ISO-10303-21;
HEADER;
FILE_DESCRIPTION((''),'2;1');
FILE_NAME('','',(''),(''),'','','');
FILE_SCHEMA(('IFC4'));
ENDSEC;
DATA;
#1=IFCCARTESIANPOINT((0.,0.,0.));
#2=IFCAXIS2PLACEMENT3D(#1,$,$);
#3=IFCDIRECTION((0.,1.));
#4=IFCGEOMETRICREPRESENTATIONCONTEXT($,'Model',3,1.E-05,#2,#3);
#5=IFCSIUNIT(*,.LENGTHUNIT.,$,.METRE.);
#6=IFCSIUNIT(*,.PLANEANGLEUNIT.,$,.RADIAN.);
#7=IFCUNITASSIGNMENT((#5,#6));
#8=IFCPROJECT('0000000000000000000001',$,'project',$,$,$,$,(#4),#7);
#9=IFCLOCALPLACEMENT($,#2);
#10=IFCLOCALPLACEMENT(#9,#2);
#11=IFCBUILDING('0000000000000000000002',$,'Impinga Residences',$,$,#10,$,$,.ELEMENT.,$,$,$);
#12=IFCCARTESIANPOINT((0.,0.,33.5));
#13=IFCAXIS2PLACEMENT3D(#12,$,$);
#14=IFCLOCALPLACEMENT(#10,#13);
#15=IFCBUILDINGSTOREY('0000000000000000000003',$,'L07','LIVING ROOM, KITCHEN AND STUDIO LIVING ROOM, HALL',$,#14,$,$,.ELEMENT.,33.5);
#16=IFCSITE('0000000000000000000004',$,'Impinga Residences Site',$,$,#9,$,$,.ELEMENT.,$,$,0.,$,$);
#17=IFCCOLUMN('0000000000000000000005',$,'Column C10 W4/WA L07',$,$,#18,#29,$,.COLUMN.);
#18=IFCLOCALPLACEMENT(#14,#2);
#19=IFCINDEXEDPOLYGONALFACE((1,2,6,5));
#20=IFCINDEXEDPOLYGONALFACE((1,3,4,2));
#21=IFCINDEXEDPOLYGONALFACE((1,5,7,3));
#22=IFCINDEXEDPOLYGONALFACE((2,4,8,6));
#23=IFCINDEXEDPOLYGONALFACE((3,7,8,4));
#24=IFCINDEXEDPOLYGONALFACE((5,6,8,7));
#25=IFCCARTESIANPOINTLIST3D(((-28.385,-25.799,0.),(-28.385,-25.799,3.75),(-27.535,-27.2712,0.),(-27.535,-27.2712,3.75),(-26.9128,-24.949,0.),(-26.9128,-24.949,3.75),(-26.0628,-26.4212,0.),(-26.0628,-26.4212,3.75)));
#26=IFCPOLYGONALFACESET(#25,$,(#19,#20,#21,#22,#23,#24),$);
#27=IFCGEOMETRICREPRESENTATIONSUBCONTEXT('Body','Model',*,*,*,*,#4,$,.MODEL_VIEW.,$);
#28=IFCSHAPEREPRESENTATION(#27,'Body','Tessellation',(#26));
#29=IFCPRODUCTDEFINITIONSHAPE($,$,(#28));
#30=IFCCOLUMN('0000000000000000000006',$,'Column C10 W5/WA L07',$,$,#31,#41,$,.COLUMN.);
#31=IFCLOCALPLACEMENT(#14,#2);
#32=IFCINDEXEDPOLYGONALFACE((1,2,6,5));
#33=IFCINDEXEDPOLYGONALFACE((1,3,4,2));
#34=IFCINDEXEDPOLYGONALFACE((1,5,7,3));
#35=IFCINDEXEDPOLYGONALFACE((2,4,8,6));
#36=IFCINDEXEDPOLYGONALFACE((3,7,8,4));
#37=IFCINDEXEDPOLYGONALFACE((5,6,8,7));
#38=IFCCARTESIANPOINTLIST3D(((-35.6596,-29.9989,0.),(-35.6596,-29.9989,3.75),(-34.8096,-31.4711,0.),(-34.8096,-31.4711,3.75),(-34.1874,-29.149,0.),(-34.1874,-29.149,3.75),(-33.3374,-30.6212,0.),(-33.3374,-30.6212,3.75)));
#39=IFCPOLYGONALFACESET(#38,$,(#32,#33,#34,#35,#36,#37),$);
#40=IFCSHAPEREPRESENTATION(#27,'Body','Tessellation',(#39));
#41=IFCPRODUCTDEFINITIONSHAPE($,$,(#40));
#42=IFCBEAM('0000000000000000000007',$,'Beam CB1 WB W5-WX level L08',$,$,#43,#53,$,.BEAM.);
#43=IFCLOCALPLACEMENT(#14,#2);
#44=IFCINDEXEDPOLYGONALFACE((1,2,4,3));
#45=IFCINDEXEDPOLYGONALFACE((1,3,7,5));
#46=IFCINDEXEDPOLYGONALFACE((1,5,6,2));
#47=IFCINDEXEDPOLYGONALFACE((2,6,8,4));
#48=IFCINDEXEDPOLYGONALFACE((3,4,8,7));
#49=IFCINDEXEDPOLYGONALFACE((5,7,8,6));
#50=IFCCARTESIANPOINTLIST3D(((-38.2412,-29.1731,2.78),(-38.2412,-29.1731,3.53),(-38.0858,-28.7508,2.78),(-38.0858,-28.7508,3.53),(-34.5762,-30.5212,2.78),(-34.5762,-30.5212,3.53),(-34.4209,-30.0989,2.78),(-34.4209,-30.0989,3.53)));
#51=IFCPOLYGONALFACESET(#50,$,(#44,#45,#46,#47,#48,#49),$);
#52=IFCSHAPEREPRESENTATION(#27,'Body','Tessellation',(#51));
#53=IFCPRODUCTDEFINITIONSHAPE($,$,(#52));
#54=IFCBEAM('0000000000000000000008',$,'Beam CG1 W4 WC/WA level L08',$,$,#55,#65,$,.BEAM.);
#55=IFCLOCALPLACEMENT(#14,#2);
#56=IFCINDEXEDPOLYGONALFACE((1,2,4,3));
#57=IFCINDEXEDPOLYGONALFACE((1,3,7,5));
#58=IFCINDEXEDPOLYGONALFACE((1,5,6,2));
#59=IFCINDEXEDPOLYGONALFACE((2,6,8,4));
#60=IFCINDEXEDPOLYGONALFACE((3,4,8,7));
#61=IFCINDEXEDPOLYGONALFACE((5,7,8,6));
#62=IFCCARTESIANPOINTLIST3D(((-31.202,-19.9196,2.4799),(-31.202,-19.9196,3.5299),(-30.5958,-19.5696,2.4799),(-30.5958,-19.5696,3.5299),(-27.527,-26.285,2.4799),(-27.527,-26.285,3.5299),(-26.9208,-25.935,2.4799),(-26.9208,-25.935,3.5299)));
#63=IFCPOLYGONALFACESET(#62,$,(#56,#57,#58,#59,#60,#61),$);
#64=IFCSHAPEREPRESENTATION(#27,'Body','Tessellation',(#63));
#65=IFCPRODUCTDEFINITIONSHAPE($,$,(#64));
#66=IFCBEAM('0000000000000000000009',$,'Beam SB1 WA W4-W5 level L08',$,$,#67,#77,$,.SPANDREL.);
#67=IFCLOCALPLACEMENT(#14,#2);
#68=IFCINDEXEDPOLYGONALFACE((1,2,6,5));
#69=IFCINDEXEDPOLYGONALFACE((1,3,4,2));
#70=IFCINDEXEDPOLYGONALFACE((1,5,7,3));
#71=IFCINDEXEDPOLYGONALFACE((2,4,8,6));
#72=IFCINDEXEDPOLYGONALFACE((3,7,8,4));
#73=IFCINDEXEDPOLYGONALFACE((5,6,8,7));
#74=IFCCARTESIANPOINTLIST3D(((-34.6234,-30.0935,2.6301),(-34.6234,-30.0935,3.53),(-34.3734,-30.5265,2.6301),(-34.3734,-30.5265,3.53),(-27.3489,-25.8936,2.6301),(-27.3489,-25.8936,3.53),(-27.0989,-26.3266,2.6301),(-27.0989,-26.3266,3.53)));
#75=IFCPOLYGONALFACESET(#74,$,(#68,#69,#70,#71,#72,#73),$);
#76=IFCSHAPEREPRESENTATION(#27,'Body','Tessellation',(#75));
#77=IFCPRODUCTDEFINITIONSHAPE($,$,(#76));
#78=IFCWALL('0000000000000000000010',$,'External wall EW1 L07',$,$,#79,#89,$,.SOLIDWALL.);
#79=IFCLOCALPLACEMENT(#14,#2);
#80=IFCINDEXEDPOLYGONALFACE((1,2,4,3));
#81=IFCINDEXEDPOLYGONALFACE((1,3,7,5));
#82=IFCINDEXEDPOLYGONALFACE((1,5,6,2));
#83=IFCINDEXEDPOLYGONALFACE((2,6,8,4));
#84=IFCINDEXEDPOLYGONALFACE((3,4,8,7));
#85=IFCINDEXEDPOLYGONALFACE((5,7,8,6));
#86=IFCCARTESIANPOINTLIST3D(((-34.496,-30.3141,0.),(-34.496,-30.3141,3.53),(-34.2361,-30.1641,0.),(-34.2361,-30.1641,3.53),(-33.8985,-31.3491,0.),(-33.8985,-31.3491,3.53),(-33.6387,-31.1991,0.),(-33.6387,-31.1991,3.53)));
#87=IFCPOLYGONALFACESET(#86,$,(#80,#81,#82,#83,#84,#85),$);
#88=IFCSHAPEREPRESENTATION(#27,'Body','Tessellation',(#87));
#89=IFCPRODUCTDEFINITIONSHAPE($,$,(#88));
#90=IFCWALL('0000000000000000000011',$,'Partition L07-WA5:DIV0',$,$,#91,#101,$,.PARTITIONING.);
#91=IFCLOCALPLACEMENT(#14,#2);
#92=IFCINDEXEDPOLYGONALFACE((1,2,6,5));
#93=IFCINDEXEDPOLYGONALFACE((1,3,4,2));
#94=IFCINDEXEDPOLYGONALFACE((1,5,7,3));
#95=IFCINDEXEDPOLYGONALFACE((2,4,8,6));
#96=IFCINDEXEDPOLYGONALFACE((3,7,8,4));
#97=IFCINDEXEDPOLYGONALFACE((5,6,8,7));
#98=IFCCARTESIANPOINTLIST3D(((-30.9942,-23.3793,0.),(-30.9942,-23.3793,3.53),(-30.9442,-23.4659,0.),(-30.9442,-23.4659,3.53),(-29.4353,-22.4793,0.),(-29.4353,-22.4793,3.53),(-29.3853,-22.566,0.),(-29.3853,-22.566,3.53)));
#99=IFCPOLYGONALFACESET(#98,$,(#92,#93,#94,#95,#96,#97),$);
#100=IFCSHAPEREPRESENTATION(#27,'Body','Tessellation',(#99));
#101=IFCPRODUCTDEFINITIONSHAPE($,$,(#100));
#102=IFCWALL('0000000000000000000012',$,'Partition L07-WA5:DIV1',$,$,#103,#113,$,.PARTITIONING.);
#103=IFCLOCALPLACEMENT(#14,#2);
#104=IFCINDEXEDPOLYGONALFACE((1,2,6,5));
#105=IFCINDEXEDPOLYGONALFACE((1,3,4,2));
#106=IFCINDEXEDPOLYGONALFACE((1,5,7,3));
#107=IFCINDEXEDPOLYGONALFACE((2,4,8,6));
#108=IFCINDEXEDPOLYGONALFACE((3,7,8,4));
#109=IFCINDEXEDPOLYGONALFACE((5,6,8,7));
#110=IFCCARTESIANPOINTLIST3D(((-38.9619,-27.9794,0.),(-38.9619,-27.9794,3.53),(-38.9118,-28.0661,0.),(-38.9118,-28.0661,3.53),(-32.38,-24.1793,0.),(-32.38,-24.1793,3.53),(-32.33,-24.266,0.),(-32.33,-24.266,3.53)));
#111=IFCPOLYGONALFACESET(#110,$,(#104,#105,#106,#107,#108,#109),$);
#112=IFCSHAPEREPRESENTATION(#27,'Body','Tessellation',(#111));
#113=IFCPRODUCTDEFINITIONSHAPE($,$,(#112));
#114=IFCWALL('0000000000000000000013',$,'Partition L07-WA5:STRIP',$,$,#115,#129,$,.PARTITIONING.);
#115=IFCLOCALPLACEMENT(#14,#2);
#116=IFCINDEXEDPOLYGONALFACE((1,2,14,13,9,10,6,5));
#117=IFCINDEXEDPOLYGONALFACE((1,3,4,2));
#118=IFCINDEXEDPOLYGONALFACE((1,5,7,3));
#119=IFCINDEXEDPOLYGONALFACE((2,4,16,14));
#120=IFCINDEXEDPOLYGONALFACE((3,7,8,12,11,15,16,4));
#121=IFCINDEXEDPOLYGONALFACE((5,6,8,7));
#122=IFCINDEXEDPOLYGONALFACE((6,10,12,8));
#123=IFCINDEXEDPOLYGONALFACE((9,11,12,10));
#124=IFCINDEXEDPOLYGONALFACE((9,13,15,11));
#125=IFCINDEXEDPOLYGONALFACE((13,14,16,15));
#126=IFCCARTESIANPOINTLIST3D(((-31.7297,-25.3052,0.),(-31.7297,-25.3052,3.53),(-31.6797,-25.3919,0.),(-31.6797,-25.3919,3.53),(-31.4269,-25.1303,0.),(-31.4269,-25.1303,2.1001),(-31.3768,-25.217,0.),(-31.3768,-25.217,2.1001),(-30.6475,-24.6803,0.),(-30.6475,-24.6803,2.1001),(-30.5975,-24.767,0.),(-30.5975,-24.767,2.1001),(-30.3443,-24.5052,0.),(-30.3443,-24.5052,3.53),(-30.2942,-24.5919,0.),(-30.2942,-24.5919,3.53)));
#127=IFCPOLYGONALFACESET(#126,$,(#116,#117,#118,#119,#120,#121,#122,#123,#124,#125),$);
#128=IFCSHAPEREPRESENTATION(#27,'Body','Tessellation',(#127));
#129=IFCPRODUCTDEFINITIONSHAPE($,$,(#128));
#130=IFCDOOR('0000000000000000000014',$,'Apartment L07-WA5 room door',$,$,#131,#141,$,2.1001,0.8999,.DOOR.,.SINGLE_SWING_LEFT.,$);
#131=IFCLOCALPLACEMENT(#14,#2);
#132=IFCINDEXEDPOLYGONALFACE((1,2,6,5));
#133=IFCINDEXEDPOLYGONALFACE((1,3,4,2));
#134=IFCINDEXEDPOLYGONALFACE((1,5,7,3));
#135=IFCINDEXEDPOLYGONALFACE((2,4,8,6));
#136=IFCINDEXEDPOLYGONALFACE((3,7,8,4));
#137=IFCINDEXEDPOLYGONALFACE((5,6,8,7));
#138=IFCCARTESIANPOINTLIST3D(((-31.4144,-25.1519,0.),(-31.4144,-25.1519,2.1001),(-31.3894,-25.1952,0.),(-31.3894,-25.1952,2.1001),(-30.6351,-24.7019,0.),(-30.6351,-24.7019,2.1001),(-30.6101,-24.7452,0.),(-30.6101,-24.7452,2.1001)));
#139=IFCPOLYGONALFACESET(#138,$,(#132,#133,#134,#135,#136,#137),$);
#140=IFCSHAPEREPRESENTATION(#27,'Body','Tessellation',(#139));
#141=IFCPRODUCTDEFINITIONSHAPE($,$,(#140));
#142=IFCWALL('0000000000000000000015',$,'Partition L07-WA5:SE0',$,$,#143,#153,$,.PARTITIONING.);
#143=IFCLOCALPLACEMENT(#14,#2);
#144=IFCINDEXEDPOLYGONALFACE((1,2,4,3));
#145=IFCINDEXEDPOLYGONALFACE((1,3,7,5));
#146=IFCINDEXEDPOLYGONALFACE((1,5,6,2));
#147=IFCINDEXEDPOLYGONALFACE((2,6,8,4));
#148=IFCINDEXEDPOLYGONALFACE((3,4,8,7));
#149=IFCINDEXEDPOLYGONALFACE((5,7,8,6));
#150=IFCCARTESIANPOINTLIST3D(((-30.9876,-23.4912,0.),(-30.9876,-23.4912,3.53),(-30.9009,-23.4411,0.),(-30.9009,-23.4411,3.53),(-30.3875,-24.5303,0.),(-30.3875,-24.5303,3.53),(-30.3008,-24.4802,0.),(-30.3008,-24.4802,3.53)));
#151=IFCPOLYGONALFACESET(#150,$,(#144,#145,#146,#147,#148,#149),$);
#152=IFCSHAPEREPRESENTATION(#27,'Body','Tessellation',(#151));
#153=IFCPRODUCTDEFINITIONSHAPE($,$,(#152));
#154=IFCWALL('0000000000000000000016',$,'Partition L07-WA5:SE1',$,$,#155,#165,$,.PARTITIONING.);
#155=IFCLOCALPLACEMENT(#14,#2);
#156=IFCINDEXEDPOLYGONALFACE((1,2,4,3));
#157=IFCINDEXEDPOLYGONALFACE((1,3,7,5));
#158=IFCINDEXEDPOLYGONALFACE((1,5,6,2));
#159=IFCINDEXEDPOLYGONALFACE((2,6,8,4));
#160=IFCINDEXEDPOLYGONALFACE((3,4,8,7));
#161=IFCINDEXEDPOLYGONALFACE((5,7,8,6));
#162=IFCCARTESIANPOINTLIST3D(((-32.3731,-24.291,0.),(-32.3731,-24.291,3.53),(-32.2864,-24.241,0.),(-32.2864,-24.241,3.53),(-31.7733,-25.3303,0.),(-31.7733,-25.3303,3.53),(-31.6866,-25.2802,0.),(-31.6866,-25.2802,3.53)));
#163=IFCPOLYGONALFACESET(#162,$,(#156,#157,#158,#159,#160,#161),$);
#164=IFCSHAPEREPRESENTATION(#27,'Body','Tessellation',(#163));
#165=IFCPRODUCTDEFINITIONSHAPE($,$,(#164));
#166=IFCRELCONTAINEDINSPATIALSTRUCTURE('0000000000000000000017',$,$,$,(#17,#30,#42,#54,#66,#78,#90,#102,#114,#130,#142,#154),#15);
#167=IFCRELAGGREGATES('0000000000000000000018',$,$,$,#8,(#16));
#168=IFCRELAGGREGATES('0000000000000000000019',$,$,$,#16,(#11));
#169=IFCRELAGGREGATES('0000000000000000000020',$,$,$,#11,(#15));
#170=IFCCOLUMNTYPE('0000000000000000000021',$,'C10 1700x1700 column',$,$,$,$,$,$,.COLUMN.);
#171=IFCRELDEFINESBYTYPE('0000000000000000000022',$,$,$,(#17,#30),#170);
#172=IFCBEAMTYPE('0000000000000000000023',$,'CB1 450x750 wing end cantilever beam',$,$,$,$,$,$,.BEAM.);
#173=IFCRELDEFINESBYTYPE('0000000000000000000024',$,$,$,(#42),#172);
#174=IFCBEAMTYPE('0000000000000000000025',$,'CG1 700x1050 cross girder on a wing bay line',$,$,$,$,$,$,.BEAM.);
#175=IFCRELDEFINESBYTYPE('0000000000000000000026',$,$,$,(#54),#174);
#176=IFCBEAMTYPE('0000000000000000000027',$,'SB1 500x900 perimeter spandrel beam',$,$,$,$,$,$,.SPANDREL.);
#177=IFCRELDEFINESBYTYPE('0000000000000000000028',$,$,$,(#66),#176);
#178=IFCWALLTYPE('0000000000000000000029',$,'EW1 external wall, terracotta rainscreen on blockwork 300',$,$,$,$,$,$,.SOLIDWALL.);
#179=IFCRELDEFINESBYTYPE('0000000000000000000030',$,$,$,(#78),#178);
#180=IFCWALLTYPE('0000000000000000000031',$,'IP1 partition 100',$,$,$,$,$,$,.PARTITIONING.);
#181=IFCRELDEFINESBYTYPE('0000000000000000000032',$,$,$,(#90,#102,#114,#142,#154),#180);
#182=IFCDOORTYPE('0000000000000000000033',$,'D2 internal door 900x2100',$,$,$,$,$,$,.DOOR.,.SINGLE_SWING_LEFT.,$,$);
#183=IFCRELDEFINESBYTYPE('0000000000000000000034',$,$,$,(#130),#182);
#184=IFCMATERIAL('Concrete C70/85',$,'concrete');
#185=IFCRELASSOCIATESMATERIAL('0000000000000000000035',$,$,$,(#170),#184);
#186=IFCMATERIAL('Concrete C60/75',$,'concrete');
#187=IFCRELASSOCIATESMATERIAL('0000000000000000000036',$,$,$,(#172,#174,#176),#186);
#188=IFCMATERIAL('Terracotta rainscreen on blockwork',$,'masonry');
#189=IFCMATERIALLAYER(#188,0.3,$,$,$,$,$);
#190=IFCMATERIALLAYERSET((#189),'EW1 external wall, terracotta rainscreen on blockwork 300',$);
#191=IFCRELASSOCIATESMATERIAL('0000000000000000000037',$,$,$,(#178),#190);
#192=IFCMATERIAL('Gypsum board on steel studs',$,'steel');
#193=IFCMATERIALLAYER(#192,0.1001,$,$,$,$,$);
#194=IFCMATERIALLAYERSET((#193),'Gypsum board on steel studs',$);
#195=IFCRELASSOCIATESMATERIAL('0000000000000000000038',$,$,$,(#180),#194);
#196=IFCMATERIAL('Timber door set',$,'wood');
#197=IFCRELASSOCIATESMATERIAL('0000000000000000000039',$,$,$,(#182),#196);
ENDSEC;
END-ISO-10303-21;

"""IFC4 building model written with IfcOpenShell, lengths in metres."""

from ifc_helpers import new_model, si_unit, direction, frame, frame_2d, origin, origin_2d, place, context, subcontext, project, spatial, rectangle, extrude, material, layer, layer_set, material_profile, profile_set, type_object, element, fill, save


model = new_model("IFC4")

# Units and contexts
model_context = context("Model", 3, precision=1e-05, world=origin(), true_north=direction((0.0, 1.0)))
body_context = subcontext(model_context, "Body", "Model", "MODEL_VIEW")
ifc_project = project(units=[si_unit("LENGTHUNIT", "METRE"), si_unit("PLANEANGLEUNIT", "RADIAN")], contexts=[model_context])

# Site, building, storey
site_placement = place(None, origin())
site = spatial("IfcSite", under=ifc_project, at=site_placement, Name="Impinga Residences Site", CompositionType="ELEMENT", RefElevation=0.0)
building_placement = place(site_placement, origin())
building = spatial("IfcBuilding", under=site, at=building_placement, Name="Impinga Residences", CompositionType="ELEMENT")
storey_placement = place(building_placement, frame((0.0, 0.0, 33.5)))
storey = spatial("IfcBuildingStorey", under=building, at=storey_placement, Name="L07", Description="LIVING ROOM, KITCHEN AND STUDIO LIVING ROOM, HALL", CompositionType="ELEMENT", Elevation=33.5)

# Columns
ifc_material_1 = material(Name="Concrete C70/85", Category="concrete")
ifc_material_profile_1 = material_profile(ifc_material_1, rectangle(XDim=1.7, YDim=1.7, at=origin_2d()), Name="RC 1700x1700")
ifc_profile_set_1 = profile_set([ifc_material_profile_1], Name="Concrete C70/85")
column_type = type_object("IfcColumnType", Name="C10 1700x1700 column", PredefinedType="COLUMN", material=ifc_profile_set_1)
for number, where, z_axis, x_axis, name in (
    (1, (-27.2239, -26.1101, 0.0), (0.0, 0.0, 1.0), (-0.5, 0.866025, 0.0), "Column C10 W4/WA L07"),
    (2, (-34.4985, -30.3101, 0.0), (0.0, 0.0, 1.0), (-0.5, 0.866025, 0.0), "Column C10 W5/WA L07"),
):
    element("IfcColumn", number, at=place(storey_placement, frame(where, z_axis=z_axis, x_axis=x_axis)), inside=storey, type_object=column_type, Name=name, PredefinedType="COLUMN", context=body_context, shape_type="SweptSolid", body=[
        extrude(rectangle(XDim=1.7, YDim=1.7, at=origin_2d()), origin(), (0.0, 0.0, 1.0), 3.75),
    ])

# Beams
ifc_material_2 = material(Name="Concrete C60/75", Category="concrete")
ifc_material_profile_2 = material_profile(ifc_material_2, rectangle(XDim=0.45, YDim=0.75, at=origin_2d()), Name="RC 450x750")
ifc_profile_set_2 = profile_set([ifc_material_profile_2], Name="Concrete C60/75")
beam_type_1 = type_object("IfcBeamType", Name="CB1 450x750 wing end cantilever beam", PredefinedType="BEAM", material=ifc_profile_set_2)
beam_1_placement = place(storey_placement, frame((-34.4985, -30.3101, 3.155), z_axis=(-0.93852, 0.345224, 0.0), x_axis=(-0.345224, -0.93852, 0.0)))
element("IfcBeam", 3, at=beam_1_placement, inside=storey, type_object=beam_type_1, Name="Beam CB1 WB W5-WX level L08", PredefinedType="BEAM", context=body_context, shape_type="SweptSolid", body=[
    extrude(rectangle(XDim=0.45, YDim=0.75, at=origin_2d()), origin(), (0.0, 0.0, 1.0), 3.905),
])
ifc_material_profile_3 = material_profile(ifc_material_2, rectangle(XDim=0.7, YDim=1.05, at=origin_2d()), Name="RC 700x1050")
ifc_profile_set_3 = profile_set([ifc_material_profile_3], Name="Concrete C60/75")
beam_type_2 = type_object("IfcBeamType", Name="CG1 700x1050 cross girder on a wing bay line", PredefinedType="BEAM", material=ifc_profile_set_3)
beam_2_placement = place(storey_placement, frame((-30.8989, -19.7446, 3.0049), z_axis=(0.499994, -0.866029, 0.0), x_axis=(0.866029, 0.499994, 0.0)))
element("IfcBeam", 4, at=beam_2_placement, inside=storey, type_object=beam_type_2, Name="Beam CG1 W4 WC/WA level L08", PredefinedType="BEAM", context=body_context, shape_type="SweptSolid", body=[
    extrude(rectangle(XDim=0.7, YDim=1.05, at=origin_2d()), origin(), (0.0, 0.0, 1.0), 7.3501),
])
ifc_material_profile_4 = material_profile(ifc_material_2, rectangle(XDim=0.5, YDim=0.8999, at=origin_2d()), Name="RC 500x900")
ifc_profile_set_4 = profile_set([ifc_material_profile_4], Name="Concrete C60/75")
beam_type_3 = type_object("IfcBeamType", Name="SB1 500x900 perimeter spandrel beam", PredefinedType="SPANDREL", material=ifc_profile_set_4)
beam_3_placement = place(storey_placement, frame((-27.2239, -26.1101, 3.0801), z_axis=(-0.866029, -0.499993, 0.0), x_axis=(0.499993, -0.866029, 0.0)))
element("IfcBeam", 5, at=beam_3_placement, inside=storey, type_object=beam_type_3, Name="Beam SB1 WA W4-W5 level L08", PredefinedType="SPANDREL", context=body_context, shape_type="SweptSolid", body=[
    extrude(rectangle(XDim=0.5, YDim=0.8999, at=origin_2d()), origin(), (0.0, 0.0, 1.0), 8.3999),
])

# Walls
ifc_material_3 = material(Name="Terracotta rainscreen on blockwork", Category="masonry")
ifc_layer_1 = layer(ifc_material_3, 0.3)
ifc_layer_set_1 = layer_set([ifc_layer_1], Name="EW1 external wall, terracotta rainscreen on blockwork 300")
wall_type_1 = type_object("IfcWallType", Name="EW1 external wall, terracotta rainscreen on blockwork 300", PredefinedType="SOLIDWALL", material=ifc_layer_set_1)
wall_1_placement = place(storey_placement, frame((-33.7686, -31.2742, 0.0), z_axis=(0.0, 0.0, 1.0), x_axis=(-0.499941, 0.86606, 0.0)))
element("IfcWall", 6, at=wall_1_placement, inside=storey, type_object=wall_type_1, Name="External wall EW1 L07", PredefinedType="SOLIDWALL", context=body_context, shape_type="SweptSolid", body=[
    extrude(rectangle(XDim=1.1951, YDim=0.3, at=frame_2d((0.5977, 0.0))), origin(), (0.0, 0.0, 1.0), 3.53),
])
ifc_material_4 = material(Name="Gypsum board on steel studs", Category="steel")
ifc_layer_2 = layer(ifc_material_4, 0.1001)
ifc_layer_set_2 = layer_set([ifc_layer_2], Name="Gypsum board on steel studs")
wall_type_2 = type_object("IfcWallType", Name="IP1 partition 100", PredefinedType="PARTITIONING", material=ifc_layer_set_2)
wall_2_placement = place(storey_placement, frame((-29.4104, -22.5227, 0.0), z_axis=(0.0, 0.0, 1.0), x_axis=(-0.866048, -0.499961, 0.0)))
element("IfcWall", 7, at=wall_2_placement, inside=storey, type_object=wall_type_2, Name="Partition L07-WA5:DIV0", PredefinedType="PARTITIONING", context=body_context, shape_type="SweptSolid", body=[
    extrude(rectangle(XDim=1.8, YDim=0.1001, at=frame_2d((0.8999, 0.0))), origin(), (0.0, 0.0, 1.0), 3.53),
])
wall_3_placement = place(storey_placement, frame((-32.355, -24.2227, 0.0), z_axis=(0.0, 0.0, 1.0), x_axis=(-0.866022, -0.500005, 0.0)))
element("IfcWall", 8, at=wall_3_placement, inside=storey, type_object=wall_type_2, Name="Partition L07-WA5:DIV1", PredefinedType="PARTITIONING", context=body_context, shape_type="SweptSolid", body=[
    extrude(rectangle(XDim=7.6001, YDim=0.1001, at=frame_2d((3.8, 0.0))), origin(), (0.0, 0.0, 1.0), 3.53),
])

# Wall, opening, door
wall_4_placement = place(storey_placement, frame((-30.3193, -24.5486, 0.0), z_axis=(0.0, 0.0, 1.0), x_axis=(-0.86599, -0.500061, 0.0)))
wall_4 = element("IfcWall", 9, at=wall_4_placement, inside=storey, type_object=wall_type_2, Name="Partition L07-WA5:STRIP", PredefinedType="PARTITIONING", context=body_context, shape_type="SweptSolid", body=[
    extrude(rectangle(XDim=1.5999, YDim=0.1001, at=frame_2d((0.7998, 0.0))), origin(), (0.0, 0.0, 1.0), 3.53),
])
opening_1_placement = place(wall_4_placement, frame((0.3501, 0.0, 0.0)))
opening_1 = element("IfcOpeningElement", 10, at=opening_1_placement, cuts=wall_4, PredefinedType="OPENING", context=body_context, shape_type="SweptSolid", body=[
    extrude(rectangle(XDim=0.8999, YDim=2.1001, at=frame_2d((0.45, 1.05))), frame((0.0, 0.0601, 0.0), z_axis=(0.0, -1.0, 0.0), x_axis=(1.0, 0.0, 0.0)), (0.0, 0.0, 1.0), 0.1201),
])
ifc_material_5 = material(Name="Timber door set", Category="wood")
door_type = type_object("IfcDoorType", Name="D2 internal door 900x2100", OperationType="SINGLE_SWING_LEFT", PredefinedType="DOOR", material=ifc_material_5)
door_1_placement = place(opening_1_placement, origin())
door_1 = element("IfcDoor", 11, at=door_1_placement, inside=storey, type_object=door_type, Name="Apartment L07-WA5 room door", OperationType="SINGLE_SWING_LEFT", OverallHeight=2.1001, OverallWidth=0.8999, PredefinedType="DOOR", context=body_context, shape_type="SweptSolid", body=[
    extrude(rectangle(XDim=0.8999, YDim=2.1001, at=frame_2d((0.45, 1.05))), frame((0.0, 0.0249, 0.0), z_axis=(0.0, -1.0, 0.0), x_axis=(1.0, 0.0, 0.0)), (0.0, 0.0, 1.0), 0.05),
])
fill(opening_1, door_1)

# Walls
for number, where, z_axis, x_axis, name in (
    (12, (-30.9443, -23.4661, 0.0), (0.0, 0.0, 1.0), (0.500122, -0.865955, 0.0), "Partition L07-WA5:SE0"),
    (13, (-32.3298, -24.2659, 0.0), (0.0, 0.0, 1.0), (0.499881, -0.866094, 0.0), "Partition L07-WA5:SE1"),
):
    element("IfcWall", number, at=place(storey_placement, frame(where, z_axis=z_axis, x_axis=x_axis)), inside=storey, type_object=wall_type_2, Name=name, PredefinedType="PARTITIONING", context=body_context, shape_type="SweptSolid", body=[
        extrude(rectangle(XDim=1.2, YDim=0.1001, at=frame_2d((0.6001, 0.0))), origin(), (0.0, 0.0, 1.0), 3.53),
    ])

save(model, "model.ifc")
